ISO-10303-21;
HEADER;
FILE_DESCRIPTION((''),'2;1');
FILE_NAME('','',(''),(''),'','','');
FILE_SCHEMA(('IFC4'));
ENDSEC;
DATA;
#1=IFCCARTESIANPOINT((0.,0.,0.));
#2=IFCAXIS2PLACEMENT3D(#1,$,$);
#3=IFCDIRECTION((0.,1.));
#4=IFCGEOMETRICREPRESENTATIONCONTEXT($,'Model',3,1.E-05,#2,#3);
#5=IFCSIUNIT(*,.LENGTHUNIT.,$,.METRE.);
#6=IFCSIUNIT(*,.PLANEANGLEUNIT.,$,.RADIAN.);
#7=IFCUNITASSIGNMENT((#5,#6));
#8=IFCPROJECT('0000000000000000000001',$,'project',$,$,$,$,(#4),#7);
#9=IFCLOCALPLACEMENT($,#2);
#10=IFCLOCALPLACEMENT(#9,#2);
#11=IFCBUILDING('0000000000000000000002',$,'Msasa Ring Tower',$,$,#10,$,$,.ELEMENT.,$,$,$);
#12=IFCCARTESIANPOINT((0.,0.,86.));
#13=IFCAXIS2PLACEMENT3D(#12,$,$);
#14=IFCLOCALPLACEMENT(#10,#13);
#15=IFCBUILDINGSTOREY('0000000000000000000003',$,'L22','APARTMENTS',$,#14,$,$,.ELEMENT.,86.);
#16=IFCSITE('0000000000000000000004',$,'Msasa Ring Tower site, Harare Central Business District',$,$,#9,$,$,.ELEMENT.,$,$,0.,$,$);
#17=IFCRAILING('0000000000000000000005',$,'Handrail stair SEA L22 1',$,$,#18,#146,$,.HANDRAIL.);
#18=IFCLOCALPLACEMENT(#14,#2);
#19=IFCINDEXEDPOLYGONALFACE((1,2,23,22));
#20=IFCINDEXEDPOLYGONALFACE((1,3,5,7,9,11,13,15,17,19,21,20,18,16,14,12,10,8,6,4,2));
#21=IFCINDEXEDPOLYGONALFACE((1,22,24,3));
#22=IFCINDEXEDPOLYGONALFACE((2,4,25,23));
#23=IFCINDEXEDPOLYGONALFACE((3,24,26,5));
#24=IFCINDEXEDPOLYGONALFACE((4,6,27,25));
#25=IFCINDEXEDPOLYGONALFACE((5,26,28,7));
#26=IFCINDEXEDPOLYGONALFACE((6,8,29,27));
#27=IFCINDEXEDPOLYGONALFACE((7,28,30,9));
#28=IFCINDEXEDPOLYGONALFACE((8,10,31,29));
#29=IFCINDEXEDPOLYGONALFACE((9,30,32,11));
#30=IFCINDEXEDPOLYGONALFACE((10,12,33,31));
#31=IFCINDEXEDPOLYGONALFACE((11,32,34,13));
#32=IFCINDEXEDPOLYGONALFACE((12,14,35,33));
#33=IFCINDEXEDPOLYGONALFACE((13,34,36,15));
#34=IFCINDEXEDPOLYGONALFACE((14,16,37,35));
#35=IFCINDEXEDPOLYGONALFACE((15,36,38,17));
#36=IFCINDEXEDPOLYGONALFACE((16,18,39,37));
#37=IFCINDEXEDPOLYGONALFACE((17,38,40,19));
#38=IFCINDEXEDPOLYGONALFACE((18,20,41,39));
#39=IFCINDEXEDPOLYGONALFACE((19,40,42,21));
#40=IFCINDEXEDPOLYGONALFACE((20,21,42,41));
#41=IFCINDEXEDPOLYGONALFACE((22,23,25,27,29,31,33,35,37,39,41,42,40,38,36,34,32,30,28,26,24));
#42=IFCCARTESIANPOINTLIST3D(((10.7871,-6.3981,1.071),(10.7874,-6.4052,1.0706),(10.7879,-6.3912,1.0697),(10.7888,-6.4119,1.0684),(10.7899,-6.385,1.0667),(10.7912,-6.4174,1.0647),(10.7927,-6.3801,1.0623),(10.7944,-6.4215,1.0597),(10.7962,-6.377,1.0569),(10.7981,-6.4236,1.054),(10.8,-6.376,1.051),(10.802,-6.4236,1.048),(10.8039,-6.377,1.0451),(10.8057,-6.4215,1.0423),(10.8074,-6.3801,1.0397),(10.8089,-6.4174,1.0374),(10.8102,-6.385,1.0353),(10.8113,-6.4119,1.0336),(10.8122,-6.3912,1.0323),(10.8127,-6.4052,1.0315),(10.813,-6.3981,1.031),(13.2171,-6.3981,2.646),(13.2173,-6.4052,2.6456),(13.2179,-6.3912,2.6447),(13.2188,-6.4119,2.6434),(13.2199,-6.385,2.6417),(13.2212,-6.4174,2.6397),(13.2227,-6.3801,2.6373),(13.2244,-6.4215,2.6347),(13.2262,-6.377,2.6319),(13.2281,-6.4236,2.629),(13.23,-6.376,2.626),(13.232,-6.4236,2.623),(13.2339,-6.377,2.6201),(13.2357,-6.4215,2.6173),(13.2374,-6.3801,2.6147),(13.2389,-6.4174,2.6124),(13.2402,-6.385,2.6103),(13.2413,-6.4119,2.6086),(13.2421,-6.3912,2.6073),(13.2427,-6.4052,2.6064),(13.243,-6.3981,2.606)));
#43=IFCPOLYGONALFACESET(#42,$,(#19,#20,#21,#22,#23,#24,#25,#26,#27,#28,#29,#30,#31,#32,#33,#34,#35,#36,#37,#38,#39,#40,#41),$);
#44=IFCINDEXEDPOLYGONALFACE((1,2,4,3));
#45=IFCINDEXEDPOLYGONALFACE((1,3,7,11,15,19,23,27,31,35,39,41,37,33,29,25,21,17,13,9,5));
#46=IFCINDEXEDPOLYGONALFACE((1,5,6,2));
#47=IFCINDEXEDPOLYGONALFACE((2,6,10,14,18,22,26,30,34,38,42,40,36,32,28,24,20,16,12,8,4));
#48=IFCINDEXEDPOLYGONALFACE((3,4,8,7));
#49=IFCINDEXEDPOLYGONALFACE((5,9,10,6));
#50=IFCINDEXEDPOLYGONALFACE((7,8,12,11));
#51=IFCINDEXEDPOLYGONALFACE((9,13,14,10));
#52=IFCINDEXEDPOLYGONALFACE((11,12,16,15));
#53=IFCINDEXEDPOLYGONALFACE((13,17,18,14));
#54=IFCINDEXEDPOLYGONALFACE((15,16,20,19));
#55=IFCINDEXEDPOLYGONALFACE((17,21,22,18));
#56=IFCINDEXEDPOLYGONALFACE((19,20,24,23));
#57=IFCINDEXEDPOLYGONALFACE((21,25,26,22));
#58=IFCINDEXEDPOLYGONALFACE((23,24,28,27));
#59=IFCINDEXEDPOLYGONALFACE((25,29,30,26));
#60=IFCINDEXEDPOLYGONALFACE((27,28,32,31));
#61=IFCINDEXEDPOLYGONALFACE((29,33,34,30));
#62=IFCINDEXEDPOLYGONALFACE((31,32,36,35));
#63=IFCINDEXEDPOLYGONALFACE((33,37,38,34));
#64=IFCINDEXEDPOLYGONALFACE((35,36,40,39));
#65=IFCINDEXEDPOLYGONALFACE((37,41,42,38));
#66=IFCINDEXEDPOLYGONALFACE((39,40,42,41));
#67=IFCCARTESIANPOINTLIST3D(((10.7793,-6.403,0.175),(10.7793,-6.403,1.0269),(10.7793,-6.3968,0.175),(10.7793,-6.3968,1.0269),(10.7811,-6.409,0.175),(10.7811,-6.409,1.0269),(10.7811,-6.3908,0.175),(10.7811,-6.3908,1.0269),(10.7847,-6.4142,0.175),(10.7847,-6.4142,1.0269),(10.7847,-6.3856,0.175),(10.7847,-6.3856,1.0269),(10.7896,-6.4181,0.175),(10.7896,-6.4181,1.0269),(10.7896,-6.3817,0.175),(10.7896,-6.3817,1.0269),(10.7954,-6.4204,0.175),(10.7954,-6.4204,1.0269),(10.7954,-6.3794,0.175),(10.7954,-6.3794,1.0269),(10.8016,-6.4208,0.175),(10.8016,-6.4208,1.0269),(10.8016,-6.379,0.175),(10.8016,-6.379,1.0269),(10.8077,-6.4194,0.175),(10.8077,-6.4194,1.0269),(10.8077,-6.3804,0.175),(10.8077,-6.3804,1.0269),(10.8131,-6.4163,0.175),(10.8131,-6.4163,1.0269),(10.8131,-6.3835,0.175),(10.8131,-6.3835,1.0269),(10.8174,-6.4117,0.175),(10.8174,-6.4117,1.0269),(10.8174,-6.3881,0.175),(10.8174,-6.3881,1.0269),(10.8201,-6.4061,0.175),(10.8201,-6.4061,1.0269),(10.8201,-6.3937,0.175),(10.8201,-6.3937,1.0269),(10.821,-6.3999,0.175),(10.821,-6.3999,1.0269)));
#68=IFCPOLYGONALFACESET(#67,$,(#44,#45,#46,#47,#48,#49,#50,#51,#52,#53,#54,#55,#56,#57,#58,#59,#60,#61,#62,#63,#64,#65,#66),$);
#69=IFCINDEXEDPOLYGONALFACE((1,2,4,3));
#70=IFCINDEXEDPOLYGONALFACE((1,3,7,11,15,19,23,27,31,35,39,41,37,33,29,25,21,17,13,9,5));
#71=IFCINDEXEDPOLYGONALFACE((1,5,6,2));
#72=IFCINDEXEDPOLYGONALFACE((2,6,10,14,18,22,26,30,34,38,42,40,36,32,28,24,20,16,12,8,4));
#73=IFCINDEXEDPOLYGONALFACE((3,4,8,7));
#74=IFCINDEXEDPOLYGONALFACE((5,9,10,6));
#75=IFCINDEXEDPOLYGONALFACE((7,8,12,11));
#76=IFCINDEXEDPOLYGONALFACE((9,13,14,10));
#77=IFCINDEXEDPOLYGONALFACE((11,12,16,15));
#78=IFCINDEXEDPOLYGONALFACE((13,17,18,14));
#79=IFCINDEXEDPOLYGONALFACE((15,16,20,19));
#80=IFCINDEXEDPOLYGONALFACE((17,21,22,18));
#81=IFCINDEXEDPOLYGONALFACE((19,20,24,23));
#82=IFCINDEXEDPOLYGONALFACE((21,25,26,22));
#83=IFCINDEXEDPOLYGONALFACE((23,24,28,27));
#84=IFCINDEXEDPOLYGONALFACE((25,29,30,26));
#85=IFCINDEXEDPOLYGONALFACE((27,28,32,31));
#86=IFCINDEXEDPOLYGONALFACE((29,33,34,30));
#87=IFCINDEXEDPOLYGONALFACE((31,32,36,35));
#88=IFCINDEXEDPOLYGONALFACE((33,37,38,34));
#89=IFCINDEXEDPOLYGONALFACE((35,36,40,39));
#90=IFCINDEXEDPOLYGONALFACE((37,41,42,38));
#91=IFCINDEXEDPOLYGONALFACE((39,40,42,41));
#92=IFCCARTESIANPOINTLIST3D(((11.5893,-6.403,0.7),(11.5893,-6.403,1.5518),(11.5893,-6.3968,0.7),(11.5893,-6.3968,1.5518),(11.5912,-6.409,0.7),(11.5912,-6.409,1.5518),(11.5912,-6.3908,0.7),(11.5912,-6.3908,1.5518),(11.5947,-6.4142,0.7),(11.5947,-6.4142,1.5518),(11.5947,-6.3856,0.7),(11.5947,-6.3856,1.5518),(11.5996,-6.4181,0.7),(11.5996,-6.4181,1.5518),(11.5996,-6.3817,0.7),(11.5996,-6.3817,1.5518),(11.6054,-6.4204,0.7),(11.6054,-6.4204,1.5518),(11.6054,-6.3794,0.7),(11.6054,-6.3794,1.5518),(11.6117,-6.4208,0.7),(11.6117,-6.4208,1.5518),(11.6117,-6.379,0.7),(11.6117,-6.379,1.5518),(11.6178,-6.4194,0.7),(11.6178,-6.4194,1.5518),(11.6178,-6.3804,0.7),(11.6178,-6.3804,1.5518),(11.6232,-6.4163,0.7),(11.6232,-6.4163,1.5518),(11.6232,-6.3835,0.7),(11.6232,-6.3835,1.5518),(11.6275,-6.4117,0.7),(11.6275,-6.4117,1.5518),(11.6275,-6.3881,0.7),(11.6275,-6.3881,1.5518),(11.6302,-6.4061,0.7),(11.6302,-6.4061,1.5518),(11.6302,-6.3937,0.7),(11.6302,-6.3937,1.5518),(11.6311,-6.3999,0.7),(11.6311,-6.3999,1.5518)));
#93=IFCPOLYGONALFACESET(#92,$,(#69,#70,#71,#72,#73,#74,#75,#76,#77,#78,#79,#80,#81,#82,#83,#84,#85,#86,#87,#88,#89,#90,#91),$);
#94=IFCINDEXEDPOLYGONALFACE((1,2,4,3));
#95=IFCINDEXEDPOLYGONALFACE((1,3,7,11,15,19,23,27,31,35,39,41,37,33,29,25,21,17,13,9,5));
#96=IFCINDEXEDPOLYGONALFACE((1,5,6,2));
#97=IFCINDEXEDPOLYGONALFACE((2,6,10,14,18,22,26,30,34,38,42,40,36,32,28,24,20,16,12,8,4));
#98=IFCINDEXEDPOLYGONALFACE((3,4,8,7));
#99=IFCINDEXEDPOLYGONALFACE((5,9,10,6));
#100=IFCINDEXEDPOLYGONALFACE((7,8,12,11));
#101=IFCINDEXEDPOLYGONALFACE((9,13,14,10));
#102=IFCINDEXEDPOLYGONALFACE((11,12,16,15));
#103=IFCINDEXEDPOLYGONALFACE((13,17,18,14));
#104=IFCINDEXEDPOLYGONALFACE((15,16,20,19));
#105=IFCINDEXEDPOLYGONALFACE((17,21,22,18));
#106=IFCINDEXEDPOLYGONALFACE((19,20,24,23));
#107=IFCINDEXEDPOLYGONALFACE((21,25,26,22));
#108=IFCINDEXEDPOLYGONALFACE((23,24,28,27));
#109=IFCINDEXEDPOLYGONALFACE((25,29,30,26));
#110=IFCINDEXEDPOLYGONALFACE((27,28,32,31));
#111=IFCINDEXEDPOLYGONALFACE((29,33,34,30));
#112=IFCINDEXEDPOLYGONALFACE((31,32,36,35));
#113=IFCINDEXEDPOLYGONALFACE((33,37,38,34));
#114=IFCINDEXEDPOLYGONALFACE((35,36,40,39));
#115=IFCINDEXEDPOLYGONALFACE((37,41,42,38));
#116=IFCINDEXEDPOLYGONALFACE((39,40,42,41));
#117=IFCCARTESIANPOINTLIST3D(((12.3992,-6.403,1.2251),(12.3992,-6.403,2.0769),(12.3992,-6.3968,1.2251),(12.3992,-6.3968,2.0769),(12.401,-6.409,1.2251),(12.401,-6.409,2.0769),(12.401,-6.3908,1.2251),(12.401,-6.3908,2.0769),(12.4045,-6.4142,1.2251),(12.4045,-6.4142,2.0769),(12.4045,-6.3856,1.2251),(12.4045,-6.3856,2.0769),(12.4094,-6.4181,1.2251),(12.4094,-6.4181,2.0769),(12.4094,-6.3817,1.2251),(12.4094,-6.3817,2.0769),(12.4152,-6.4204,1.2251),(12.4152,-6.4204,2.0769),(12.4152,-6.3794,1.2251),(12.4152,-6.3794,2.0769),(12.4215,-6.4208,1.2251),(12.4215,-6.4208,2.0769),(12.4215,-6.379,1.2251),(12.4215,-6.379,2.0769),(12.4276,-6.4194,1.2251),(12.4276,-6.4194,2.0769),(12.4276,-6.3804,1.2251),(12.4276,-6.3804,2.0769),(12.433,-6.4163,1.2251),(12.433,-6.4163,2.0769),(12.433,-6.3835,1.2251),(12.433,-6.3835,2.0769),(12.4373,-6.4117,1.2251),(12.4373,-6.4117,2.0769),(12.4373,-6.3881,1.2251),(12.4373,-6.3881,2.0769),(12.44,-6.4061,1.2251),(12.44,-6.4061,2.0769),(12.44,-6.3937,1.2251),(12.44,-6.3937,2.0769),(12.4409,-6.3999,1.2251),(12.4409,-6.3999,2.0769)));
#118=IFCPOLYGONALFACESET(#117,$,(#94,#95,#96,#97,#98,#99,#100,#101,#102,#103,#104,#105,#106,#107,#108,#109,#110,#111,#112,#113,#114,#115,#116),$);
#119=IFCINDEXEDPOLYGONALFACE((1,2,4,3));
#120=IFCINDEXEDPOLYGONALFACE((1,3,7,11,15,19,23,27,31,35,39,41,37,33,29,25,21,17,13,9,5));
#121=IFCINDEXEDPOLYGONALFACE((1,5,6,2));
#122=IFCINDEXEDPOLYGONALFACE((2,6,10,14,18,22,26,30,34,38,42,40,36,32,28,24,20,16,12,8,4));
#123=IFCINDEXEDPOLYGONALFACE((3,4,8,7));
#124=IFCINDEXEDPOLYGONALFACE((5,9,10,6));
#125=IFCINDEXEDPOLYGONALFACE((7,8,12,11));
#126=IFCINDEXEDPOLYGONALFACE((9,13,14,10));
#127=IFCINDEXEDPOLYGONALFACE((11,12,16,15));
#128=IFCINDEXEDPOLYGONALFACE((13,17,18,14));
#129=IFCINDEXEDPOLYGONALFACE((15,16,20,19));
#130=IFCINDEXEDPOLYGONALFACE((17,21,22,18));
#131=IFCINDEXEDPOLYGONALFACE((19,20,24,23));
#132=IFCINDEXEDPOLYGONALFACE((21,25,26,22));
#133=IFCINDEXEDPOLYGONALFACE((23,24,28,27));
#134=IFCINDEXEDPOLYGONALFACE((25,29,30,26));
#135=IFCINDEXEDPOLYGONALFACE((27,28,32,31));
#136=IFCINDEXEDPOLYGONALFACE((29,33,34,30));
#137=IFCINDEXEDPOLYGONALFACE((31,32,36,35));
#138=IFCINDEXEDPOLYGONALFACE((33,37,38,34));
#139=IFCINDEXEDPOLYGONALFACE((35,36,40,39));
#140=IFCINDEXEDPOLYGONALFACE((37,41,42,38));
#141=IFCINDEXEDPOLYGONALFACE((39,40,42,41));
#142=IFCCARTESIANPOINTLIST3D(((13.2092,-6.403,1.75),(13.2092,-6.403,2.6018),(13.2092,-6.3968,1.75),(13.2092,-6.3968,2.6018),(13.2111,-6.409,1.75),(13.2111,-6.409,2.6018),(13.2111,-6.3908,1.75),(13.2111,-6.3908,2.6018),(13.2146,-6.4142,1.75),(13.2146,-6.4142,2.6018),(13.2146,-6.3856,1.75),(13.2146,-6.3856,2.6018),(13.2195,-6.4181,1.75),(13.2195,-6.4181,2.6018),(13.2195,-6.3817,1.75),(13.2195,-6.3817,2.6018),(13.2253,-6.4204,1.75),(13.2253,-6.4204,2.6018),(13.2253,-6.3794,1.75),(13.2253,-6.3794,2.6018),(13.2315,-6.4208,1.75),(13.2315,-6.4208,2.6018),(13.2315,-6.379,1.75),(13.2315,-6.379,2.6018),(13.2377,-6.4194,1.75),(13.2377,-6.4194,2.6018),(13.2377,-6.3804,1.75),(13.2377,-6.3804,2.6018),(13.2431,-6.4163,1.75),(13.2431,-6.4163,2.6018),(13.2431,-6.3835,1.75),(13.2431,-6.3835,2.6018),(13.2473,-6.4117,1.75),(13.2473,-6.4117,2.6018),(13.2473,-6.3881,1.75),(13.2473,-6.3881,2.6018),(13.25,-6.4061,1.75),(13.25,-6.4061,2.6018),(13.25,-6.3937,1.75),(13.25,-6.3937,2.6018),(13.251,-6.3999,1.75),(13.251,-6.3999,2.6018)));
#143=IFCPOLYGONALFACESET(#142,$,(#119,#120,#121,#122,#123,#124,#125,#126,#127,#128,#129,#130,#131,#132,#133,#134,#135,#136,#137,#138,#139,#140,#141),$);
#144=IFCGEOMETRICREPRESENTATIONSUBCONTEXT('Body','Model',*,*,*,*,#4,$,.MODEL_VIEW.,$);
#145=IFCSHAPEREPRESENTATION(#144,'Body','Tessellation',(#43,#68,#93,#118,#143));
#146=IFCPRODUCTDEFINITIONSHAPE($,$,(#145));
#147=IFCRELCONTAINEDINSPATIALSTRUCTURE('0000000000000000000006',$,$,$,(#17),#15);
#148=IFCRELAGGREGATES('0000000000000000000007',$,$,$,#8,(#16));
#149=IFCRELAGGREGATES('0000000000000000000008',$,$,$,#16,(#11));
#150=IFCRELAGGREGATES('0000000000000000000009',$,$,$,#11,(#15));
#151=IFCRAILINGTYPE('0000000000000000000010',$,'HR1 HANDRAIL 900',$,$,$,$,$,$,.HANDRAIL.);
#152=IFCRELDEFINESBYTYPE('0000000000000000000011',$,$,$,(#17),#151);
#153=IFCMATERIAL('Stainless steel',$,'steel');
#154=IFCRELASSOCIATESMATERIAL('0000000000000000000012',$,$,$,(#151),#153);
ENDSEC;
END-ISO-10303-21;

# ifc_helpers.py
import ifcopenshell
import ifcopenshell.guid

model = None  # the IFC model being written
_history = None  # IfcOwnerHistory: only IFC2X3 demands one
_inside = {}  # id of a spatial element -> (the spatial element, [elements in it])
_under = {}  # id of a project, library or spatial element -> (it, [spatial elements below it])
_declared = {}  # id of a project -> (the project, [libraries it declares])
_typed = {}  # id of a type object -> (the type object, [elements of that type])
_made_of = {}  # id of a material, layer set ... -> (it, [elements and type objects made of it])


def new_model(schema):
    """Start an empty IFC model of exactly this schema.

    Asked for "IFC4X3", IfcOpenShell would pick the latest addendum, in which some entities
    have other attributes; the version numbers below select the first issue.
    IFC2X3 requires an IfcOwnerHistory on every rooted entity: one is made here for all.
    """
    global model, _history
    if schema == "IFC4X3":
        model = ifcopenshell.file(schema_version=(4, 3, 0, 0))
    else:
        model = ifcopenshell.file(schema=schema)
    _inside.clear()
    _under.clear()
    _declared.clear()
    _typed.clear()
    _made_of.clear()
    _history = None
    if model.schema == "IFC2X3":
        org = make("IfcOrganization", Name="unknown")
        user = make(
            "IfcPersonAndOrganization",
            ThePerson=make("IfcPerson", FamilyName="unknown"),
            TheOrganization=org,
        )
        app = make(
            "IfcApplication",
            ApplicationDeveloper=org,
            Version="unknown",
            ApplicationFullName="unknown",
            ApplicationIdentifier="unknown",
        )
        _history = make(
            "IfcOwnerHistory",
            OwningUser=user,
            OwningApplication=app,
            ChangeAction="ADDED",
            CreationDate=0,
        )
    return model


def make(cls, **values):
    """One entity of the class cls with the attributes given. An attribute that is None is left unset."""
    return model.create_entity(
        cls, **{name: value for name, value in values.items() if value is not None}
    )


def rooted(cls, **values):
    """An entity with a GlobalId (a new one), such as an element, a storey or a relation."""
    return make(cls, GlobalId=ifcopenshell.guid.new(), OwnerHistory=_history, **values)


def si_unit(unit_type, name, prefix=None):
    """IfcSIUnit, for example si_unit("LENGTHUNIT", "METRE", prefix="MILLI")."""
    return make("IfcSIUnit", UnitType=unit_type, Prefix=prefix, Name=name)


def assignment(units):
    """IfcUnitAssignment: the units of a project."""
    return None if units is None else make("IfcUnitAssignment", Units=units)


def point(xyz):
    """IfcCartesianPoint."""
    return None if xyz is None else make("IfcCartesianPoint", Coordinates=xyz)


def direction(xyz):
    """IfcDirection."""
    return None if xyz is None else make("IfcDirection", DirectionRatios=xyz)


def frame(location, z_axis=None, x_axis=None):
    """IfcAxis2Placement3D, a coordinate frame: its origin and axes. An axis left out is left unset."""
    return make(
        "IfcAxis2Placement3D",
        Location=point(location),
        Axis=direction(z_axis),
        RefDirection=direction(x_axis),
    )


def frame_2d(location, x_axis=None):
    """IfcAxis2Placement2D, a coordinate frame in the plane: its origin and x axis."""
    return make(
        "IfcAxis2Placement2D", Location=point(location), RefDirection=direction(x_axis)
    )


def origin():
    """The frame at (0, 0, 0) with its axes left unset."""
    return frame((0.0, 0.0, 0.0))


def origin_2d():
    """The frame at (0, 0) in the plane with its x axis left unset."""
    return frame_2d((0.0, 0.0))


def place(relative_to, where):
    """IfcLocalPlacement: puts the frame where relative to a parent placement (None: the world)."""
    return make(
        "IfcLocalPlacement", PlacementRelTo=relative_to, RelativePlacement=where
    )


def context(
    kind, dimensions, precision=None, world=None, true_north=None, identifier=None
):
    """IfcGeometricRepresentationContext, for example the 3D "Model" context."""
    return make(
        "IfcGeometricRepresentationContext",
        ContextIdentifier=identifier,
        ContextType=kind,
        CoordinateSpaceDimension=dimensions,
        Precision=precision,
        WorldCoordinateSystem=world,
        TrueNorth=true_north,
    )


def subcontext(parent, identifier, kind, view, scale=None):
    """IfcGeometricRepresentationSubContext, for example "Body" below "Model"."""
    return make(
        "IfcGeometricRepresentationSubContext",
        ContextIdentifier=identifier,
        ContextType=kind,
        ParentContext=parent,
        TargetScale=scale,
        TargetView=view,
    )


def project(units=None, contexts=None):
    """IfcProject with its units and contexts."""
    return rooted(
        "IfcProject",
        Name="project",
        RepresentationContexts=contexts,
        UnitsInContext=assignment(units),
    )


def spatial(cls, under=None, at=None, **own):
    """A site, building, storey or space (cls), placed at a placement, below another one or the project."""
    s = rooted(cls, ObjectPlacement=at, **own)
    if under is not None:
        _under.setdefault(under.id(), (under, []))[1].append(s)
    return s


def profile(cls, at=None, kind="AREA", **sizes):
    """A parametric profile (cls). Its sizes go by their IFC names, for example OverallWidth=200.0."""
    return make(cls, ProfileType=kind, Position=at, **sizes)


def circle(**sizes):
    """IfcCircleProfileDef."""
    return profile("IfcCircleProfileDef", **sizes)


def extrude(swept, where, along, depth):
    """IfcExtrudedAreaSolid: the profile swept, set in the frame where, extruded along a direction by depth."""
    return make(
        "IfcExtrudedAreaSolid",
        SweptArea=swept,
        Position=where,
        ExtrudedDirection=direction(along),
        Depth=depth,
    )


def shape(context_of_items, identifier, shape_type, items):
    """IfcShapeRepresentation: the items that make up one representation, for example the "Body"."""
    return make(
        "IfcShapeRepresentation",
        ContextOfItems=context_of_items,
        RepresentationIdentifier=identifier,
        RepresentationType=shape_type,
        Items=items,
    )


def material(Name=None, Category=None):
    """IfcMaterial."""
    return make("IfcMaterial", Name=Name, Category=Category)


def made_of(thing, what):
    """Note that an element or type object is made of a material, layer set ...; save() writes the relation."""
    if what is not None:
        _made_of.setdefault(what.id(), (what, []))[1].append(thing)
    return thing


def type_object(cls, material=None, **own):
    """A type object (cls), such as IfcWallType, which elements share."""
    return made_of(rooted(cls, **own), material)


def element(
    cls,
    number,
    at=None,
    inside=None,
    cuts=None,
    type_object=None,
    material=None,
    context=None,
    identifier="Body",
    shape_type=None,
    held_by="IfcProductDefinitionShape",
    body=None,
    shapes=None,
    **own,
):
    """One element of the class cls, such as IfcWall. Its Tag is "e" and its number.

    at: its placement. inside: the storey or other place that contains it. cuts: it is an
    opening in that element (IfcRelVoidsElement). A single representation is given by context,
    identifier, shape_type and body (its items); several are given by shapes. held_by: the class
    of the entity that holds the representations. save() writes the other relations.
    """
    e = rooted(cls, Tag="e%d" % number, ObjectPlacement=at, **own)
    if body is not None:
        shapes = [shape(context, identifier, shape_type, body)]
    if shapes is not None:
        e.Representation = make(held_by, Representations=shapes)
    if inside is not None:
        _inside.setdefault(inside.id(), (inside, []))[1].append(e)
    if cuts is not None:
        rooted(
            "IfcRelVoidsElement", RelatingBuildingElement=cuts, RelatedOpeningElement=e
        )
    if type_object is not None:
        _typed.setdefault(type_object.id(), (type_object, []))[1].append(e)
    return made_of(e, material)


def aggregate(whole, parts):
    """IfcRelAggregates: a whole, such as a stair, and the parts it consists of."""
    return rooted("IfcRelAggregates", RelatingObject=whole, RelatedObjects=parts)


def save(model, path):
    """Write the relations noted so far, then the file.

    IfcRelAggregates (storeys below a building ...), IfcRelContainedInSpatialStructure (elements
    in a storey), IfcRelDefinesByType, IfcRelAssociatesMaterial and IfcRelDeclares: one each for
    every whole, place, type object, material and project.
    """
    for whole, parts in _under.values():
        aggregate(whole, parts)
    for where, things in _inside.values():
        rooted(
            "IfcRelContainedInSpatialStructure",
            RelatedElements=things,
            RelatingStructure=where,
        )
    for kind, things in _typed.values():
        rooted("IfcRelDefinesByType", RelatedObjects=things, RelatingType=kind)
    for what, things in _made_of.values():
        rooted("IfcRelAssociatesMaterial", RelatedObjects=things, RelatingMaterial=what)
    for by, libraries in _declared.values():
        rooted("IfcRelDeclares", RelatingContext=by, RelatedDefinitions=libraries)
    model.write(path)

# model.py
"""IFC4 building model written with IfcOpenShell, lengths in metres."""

from ifc_helpers import new_model, si_unit, direction, frame, origin, origin_2d, place, context, subcontext, project, spatial, circle, extrude, material, type_object, element, save


model = new_model("IFC4")

# Units and contexts
model_context = context("Model", 3, precision=1e-05, world=origin(), true_north=direction((0.0, 1.0)))
body_context = subcontext(model_context, "Body", "Model", "MODEL_VIEW")
ifc_project = project(units=[si_unit("LENGTHUNIT", "METRE"), si_unit("PLANEANGLEUNIT", "RADIAN")], contexts=[model_context])

# Site, building, storey
site_placement = place(None, origin())
site = spatial("IfcSite", under=ifc_project, at=site_placement, Name="Msasa Ring Tower site, Harare Central Business District", CompositionType="ELEMENT", RefElevation=0.0)
building_placement = place(site_placement, origin())
building = spatial("IfcBuilding", under=site, at=building_placement, Name="Msasa Ring Tower", CompositionType="ELEMENT")
storey_placement = place(building_placement, frame((0.0, 0.0, 86.0)))
storey = spatial("IfcBuildingStorey", under=building, at=storey_placement, Name="L22", Description="APARTMENTS", CompositionType="ELEMENT", Elevation=86.0)

# Railing
ifc_material_1 = material(Name="Stainless steel", Category="steel")
railing_type = type_object("IfcRailingType", Name="HR1 HANDRAIL 900", PredefinedType="HANDRAIL", material=ifc_material_1)
for number, where, name in (
    (1, (10.8, -6.3999, 0.175), "Handrail stair SEA L22 1"),
):
    element("IfcRailing", number, at=place(storey_placement, frame(where)), inside=storey, type_object=railing_type, Name=name, PredefinedType="HANDRAIL", context=body_context, shape_type="SweptSolid", body=[
        extrude(circle(Radius=0.0239, at=origin_2d()), frame((0.0, 0.0, 0.876), z_axis=(0.839154, 0.0, 0.543894), x_axis=(0.0, 1.0, 0.0)), (0.0, 0.0, 1.0), 2.8958),
        extrude(circle(Radius=0.021, at=origin_2d()), origin(), (0.0, 0.0, 1.0), 0.8518),
        extrude(circle(Radius=0.021, at=origin_2d()), frame((0.8101, 0.0, 0.5249)), (0.0, 0.0, 1.0), 0.8518),
        extrude(circle(Radius=0.021, at=origin_2d()), frame((1.6199, 0.0, 1.05)), (0.0, 0.0, 1.0), 0.8518),
        extrude(circle(Radius=0.021, at=origin_2d()), frame((2.4299, 0.0, 1.575)), (0.0, 0.0, 1.0), 0.8518),
    ])

save(model, "model.ifc")
